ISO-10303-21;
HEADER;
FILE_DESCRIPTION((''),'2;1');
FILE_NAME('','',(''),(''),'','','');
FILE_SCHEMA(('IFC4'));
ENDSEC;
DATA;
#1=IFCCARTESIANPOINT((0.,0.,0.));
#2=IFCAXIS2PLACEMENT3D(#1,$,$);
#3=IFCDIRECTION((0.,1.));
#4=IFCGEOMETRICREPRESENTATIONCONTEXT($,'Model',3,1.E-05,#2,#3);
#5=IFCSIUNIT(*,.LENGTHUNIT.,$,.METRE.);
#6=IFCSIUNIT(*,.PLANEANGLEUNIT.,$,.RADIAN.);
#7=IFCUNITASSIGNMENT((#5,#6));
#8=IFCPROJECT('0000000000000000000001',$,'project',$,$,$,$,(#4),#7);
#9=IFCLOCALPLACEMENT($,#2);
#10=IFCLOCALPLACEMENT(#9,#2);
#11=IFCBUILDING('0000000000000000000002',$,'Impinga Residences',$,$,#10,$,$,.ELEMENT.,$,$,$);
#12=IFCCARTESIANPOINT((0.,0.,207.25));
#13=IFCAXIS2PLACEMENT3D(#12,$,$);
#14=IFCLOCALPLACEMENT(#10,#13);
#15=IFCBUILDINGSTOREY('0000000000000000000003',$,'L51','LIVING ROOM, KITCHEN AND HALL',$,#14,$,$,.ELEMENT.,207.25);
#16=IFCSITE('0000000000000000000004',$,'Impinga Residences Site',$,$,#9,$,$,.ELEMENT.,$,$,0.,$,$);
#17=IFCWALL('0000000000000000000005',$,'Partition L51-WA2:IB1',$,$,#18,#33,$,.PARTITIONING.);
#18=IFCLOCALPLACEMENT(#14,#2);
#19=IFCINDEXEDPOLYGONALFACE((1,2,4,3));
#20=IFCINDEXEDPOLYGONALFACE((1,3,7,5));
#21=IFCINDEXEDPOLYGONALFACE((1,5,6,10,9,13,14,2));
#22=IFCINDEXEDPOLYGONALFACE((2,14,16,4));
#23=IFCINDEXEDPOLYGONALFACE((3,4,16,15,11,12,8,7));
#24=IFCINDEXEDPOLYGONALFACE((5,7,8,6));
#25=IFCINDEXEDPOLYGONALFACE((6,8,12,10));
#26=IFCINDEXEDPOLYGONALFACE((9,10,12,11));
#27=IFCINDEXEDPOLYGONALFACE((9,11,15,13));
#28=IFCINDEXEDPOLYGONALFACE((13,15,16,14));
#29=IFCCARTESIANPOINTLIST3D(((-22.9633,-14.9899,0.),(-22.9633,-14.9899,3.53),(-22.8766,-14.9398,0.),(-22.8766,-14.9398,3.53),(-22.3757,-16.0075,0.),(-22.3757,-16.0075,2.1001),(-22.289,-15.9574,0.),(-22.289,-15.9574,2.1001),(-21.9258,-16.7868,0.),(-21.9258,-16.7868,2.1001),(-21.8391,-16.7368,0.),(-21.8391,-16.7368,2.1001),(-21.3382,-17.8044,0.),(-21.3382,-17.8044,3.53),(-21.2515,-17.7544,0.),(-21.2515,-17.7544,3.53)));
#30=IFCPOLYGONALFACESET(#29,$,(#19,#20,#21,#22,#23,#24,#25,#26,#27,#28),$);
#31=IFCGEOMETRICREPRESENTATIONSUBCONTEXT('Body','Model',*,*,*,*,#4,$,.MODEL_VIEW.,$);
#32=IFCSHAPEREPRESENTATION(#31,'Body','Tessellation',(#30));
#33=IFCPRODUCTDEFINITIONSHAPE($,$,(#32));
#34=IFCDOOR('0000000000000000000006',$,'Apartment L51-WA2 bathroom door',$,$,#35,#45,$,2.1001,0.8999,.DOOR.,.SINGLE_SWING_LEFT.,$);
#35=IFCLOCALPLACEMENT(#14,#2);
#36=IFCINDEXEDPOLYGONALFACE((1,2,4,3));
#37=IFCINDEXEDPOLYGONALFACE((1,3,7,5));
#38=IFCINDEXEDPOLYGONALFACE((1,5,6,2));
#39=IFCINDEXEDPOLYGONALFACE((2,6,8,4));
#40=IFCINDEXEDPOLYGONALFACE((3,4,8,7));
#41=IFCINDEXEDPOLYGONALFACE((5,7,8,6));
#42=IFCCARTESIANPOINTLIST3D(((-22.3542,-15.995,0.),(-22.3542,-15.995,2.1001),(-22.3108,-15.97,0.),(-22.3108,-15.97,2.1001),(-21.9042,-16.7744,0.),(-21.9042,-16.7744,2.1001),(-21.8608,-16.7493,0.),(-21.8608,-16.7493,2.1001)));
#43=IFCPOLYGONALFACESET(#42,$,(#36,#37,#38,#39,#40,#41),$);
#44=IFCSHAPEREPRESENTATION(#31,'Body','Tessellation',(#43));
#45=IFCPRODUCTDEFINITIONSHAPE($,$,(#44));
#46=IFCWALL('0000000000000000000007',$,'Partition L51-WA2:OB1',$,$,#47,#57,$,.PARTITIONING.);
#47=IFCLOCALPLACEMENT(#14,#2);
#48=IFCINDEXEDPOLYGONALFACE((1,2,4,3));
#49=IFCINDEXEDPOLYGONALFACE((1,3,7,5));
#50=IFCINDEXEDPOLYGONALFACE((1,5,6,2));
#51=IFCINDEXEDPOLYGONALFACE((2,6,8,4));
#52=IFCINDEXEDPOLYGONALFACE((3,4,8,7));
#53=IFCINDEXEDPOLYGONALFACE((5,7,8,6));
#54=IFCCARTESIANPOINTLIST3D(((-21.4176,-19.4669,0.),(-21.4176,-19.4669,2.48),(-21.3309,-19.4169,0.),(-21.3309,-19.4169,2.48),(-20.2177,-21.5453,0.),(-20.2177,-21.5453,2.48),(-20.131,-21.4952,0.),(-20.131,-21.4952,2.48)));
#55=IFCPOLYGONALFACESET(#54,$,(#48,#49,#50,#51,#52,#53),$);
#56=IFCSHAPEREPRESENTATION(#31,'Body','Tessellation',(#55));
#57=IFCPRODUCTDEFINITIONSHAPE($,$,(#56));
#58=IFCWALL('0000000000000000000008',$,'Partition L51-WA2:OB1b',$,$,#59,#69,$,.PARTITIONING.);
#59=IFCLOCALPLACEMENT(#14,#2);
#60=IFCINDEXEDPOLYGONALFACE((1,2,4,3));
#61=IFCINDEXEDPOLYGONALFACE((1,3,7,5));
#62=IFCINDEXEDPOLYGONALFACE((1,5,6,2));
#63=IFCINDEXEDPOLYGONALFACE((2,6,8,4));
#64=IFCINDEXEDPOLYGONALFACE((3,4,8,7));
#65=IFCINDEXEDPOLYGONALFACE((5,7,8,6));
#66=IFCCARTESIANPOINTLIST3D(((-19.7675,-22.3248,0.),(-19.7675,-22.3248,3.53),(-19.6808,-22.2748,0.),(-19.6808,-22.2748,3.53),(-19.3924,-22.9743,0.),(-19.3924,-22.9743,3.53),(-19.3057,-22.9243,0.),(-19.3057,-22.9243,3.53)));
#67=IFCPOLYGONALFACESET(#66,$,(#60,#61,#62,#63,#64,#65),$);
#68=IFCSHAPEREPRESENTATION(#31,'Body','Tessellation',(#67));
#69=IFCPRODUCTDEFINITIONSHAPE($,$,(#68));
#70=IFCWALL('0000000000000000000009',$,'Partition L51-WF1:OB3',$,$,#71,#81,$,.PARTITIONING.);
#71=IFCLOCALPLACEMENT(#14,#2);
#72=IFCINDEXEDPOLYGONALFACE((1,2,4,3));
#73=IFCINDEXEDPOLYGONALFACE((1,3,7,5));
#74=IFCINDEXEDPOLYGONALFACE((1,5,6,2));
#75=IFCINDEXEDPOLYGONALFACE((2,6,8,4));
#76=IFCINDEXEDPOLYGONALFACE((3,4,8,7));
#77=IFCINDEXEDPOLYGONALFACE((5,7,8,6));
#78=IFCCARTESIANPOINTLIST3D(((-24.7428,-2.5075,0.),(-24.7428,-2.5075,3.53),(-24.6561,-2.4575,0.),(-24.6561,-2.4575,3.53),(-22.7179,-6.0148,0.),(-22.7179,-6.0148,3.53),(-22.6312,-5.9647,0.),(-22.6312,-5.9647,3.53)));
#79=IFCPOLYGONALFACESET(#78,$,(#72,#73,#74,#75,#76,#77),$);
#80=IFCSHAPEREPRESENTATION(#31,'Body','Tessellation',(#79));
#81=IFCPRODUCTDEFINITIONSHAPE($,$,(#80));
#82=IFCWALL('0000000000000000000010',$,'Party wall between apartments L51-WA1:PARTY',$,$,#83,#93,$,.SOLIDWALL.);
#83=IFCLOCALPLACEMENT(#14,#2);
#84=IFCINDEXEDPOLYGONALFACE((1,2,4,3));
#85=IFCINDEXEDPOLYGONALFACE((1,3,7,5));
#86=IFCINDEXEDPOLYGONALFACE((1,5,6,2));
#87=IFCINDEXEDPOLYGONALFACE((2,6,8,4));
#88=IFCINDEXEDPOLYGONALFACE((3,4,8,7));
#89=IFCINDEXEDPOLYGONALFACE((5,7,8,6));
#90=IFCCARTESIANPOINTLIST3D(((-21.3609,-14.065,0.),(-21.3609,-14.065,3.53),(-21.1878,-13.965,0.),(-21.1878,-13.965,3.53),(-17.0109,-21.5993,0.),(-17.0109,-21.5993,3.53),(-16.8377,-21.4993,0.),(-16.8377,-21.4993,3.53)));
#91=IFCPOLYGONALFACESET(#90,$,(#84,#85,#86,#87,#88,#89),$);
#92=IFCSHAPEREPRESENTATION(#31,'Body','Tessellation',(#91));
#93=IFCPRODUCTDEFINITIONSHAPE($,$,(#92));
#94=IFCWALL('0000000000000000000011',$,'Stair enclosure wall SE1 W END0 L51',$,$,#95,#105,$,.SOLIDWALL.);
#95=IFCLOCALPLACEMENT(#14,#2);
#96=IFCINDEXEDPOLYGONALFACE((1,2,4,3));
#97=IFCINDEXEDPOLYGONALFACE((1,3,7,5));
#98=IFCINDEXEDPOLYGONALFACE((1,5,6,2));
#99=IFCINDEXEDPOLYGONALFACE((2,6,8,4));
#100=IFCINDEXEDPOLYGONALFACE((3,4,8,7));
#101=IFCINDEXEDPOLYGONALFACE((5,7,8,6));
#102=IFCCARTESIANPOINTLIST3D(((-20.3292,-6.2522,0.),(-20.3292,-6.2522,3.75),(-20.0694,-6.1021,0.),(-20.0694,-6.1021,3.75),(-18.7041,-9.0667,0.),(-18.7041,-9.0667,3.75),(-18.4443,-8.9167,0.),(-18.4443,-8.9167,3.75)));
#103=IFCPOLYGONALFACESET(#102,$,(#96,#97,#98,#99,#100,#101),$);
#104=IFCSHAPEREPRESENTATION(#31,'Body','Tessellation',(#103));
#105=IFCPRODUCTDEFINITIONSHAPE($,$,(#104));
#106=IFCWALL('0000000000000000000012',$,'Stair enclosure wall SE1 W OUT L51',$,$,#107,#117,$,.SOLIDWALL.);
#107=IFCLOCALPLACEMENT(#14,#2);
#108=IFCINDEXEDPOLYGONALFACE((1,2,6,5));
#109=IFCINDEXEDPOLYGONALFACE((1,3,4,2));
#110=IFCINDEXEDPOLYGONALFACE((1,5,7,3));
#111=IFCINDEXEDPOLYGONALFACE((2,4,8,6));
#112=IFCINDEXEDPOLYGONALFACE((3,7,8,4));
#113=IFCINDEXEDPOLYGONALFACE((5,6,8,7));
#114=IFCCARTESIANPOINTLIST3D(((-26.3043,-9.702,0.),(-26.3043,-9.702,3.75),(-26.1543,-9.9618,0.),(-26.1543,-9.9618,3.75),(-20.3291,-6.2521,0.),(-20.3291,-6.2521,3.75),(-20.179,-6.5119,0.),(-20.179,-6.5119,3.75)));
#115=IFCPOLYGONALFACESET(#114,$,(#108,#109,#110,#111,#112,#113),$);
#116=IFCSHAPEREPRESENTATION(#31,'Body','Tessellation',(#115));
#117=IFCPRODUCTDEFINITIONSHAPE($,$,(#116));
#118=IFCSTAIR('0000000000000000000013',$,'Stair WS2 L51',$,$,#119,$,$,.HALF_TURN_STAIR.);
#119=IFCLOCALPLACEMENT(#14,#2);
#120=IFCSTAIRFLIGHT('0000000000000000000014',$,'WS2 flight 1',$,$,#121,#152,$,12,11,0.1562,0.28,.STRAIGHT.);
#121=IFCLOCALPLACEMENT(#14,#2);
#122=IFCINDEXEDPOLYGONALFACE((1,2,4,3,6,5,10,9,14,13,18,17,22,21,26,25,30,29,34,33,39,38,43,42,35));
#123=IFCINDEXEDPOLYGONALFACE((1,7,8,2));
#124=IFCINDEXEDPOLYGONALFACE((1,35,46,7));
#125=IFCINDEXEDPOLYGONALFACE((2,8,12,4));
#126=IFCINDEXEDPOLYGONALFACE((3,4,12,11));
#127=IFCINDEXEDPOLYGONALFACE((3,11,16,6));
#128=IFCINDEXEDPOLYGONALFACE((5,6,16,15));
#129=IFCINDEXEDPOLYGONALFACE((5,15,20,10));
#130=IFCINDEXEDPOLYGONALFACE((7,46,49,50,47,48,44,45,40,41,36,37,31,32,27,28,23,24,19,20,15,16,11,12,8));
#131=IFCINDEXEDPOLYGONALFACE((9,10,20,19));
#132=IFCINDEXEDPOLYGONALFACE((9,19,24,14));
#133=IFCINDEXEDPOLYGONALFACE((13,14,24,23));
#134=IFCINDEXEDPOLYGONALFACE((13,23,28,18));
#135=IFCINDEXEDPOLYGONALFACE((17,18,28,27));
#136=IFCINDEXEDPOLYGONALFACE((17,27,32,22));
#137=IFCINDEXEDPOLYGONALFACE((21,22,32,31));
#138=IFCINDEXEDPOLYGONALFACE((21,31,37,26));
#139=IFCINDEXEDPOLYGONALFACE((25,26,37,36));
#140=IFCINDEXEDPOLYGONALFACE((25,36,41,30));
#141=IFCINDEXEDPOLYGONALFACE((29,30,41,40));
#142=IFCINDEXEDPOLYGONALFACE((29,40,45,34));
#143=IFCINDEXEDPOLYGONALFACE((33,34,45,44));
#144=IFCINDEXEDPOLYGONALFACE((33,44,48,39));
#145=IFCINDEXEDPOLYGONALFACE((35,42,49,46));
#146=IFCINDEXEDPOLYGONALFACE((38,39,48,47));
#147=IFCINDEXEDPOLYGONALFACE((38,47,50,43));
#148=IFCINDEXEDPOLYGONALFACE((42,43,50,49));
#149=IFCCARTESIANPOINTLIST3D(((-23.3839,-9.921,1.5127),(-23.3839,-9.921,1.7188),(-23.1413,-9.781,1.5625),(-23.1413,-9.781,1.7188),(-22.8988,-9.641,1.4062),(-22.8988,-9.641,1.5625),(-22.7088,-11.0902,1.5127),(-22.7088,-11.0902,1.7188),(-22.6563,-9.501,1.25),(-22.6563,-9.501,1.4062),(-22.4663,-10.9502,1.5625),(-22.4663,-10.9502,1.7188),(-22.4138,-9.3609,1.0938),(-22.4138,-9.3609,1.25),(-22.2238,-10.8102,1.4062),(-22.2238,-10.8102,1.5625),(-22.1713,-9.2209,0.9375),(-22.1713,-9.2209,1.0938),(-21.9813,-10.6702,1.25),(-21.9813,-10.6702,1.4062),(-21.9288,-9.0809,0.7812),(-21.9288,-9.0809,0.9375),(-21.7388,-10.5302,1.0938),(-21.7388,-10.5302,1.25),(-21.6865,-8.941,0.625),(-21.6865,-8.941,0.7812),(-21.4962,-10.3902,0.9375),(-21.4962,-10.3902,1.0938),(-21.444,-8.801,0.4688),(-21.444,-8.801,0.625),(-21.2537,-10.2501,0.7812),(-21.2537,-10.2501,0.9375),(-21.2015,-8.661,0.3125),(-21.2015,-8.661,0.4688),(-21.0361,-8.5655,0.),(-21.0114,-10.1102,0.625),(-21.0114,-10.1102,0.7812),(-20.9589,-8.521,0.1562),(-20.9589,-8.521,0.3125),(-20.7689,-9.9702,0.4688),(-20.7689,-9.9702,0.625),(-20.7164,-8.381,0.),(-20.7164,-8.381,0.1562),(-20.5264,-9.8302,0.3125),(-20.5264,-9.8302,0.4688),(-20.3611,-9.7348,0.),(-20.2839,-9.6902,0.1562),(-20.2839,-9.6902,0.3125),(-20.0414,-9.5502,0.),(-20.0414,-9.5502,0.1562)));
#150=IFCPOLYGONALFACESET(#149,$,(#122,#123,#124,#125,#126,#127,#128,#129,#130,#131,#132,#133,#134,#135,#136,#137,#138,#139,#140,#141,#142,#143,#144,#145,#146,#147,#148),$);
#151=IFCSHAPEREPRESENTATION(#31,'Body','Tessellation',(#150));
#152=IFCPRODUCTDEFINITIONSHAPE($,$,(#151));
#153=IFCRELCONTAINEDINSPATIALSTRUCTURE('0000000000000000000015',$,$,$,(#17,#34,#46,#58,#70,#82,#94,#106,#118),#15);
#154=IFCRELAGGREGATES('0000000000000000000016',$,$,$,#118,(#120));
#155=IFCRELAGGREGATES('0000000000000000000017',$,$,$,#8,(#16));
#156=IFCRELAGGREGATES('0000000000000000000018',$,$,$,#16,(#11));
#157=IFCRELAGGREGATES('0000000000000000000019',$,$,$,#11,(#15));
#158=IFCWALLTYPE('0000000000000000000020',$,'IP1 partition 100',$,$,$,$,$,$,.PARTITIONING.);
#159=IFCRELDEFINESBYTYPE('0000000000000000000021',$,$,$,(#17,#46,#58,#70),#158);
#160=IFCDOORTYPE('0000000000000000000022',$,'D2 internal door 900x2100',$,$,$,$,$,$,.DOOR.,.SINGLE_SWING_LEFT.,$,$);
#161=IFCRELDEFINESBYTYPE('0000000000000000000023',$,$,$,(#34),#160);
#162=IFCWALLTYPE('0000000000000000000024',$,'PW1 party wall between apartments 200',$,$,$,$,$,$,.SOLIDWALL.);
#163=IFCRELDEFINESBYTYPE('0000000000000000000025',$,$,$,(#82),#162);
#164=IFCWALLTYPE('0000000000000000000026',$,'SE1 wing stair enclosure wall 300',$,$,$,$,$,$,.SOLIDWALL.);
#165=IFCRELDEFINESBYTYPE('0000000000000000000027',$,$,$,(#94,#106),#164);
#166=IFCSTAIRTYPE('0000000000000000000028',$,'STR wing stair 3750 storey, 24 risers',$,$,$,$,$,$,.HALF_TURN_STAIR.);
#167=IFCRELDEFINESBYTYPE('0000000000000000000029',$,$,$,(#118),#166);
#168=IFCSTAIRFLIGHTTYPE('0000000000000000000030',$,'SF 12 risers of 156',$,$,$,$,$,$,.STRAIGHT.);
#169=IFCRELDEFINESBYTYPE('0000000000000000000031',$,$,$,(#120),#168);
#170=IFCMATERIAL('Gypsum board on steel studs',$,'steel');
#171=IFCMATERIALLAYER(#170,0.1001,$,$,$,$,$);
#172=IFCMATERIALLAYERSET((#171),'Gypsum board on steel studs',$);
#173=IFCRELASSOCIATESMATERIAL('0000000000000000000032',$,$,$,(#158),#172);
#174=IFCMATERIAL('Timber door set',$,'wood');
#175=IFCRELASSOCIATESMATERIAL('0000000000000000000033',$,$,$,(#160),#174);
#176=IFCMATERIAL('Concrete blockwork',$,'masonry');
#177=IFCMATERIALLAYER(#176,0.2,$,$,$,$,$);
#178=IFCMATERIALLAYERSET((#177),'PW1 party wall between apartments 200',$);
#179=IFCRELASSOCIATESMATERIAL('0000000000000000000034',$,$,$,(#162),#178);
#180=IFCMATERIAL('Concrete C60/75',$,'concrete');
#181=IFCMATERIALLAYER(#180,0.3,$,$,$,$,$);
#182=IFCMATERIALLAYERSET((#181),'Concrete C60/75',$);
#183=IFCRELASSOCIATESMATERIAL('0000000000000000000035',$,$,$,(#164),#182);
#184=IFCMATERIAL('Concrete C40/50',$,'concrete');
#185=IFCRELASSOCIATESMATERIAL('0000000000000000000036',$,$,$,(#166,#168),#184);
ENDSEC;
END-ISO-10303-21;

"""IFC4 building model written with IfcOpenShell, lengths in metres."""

from ifc_helpers import new_model, si_unit, direction, frame, frame_2d, origin, place, context, subcontext, project, spatial, polyline, rectangle, outline, extrude, material, layer, layer_set, type_object, element, fill, aggregate, save


model = new_model("IFC4")

# Units and contexts
model_context = context("Model", 3, precision=1e-05, world=origin(), true_north=direction((0.0, 1.0)))
body_context = subcontext(model_context, "Body", "Model", "MODEL_VIEW")
ifc_project = project(units=[si_unit("LENGTHUNIT", "METRE"), si_unit("PLANEANGLEUNIT", "RADIAN")], contexts=[model_context])

# Site, building, storey
site_placement = place(None, origin())
site = spatial("IfcSite", under=ifc_project, at=site_placement, Name="Impinga Residences Site", CompositionType="ELEMENT", RefElevation=0.0)
building_placement = place(site_placement, origin())
building = spatial("IfcBuilding", under=site, at=building_placement, Name="Impinga Residences", CompositionType="ELEMENT")
storey_placement = place(building_placement, frame((0.0, 0.0, 207.25)))
storey = spatial("IfcBuildingStorey", under=building, at=storey_placement, Name="L51", Description="LIVING ROOM, KITCHEN AND HALL", CompositionType="ELEMENT", Elevation=207.25)

# Shared definitions
ifc_material_1 = material(Name="Concrete C60/75", Category="concrete")

# Shared definitions
ifc_material_2 = material(Name="Gypsum board on steel studs", Category="steel")
ifc_layer_1 = layer(ifc_material_2, 0.1001)
ifc_layer_set_1 = layer_set([ifc_layer_1], Name="Gypsum board on steel studs")
wall_type_1 = type_object("IfcWallType", Name="IP1 partition 100", PredefinedType="PARTITIONING", material=ifc_layer_set_1)

# Shared definitions
ifc_material_3 = material(Name="Timber door set", Category="wood")
door_type = type_object("IfcDoorType", Name="D2 internal door 900x2100", OperationType="SINGLE_SWING_LEFT", PredefinedType="DOOR", material=ifc_material_3)

# Wall, opening, door
wall_1_placement = place(storey_placement, frame((-22.9199, -14.9648, 0.0), z_axis=(0.0, 0.0, 1.0), x_axis=(0.500017, -0.866015, 0.0)))
wall_1 = element("IfcWall", 1, at=wall_1_placement, inside=storey, type_object=wall_type_1, Name="Partition L51-WA2:IB1", PredefinedType="PARTITIONING", context=body_context, shape_type="SweptSolid", body=[
    extrude(rectangle(XDim=3.25, YDim=0.1001, at=frame_2d((1.625, 0.0))), origin(), (0.0, 0.0, 1.0), 3.53),
])
opening_1_placement = place(wall_1_placement, frame((1.175, 0.0, 0.0)))
opening_1 = element("IfcOpeningElement", 2, at=opening_1_placement, cuts=wall_1, PredefinedType="OPENING", context=body_context, shape_type="SweptSolid", body=[
    extrude(rectangle(XDim=0.8999, YDim=2.1001, at=frame_2d((0.45, 1.05))), frame((0.0, 0.0601, 0.0), z_axis=(0.0, -1.0, 0.0), x_axis=(1.0, 0.0, 0.0)), (0.0, 0.0, 1.0), 0.1201),
])
door_1_placement = place(opening_1_placement, origin())
door_1 = element("IfcDoor", 3, at=door_1_placement, inside=storey, type_object=door_type, Name="Apartment L51-WA2 bathroom door", OperationType="SINGLE_SWING_LEFT", OverallHeight=2.1001, OverallWidth=0.8999, PredefinedType="DOOR", context=body_context, shape_type="SweptSolid", body=[
    extrude(rectangle(XDim=0.8999, YDim=2.1001, at=frame_2d((0.45, 1.05))), frame((0.0, 0.0249, 0.0), z_axis=(0.0, -1.0, 0.0), x_axis=(1.0, 0.0, 0.0)), (0.0, 0.0, 1.0), 0.05),
])
fill(opening_1, door_1)

# Walls
wall_2_placement = place(storey_placement, frame((-21.3743, -19.4419, 0.0), z_axis=(0.0, 0.0, 1.0), x_axis=(0.500001, -0.866025, 0.0)))
element("IfcWall", 4, at=wall_2_placement, inside=storey, type_object=wall_type_1, Name="Partition L51-WA2:OB1", PredefinedType="PARTITIONING", context=body_context, shape_type="SweptSolid", body=[
    extrude(rectangle(XDim=2.3999, YDim=0.1001, at=frame_2d((1.2, 0.0))), origin(), (0.0, 0.0, 1.0), 2.48),
])
wall_3_placement = place(storey_placement, frame((-19.7241, -22.2998, 0.0), z_axis=(0.0, 0.0, 1.0), x_axis=(0.500061, -0.86599, 0.0)))
element("IfcWall", 5, at=wall_3_placement, inside=storey, type_object=wall_type_1, Name="Partition L51-WA2:OB1b", PredefinedType="PARTITIONING", context=body_context, shape_type="SweptSolid", body=[
    extrude(rectangle(XDim=0.75, YDim=0.1001, at=frame_2d((0.375, 0.0))), origin(), (0.0, 0.0, 1.0), 3.53),
])
wall_4_placement = place(storey_placement, frame((-22.6746, -5.9897, 0.0), z_axis=(0.0, 0.0, 1.0), x_axis=(-0.49999, 0.866031, 0.0)))
element("IfcWall", 6, at=wall_4_placement, inside=storey, type_object=wall_type_1, Name="Partition L51-WF1:OB3", PredefinedType="PARTITIONING", context=body_context, shape_type="SweptSolid", body=[
    extrude(rectangle(XDim=4.0498, YDim=0.1001, at=frame_2d((2.0249, 0.0))), origin(), (0.0, 0.0, 1.0), 3.53),
])
ifc_material_4 = material(Name="Concrete blockwork", Category="masonry")
ifc_layer_2 = layer(ifc_material_4, 0.2)
ifc_layer_set_2 = layer_set([ifc_layer_2], Name="PW1 party wall between apartments 200")
wall_type_2 = type_object("IfcWallType", Name="PW1 party wall between apartments 200", PredefinedType="SOLIDWALL", material=ifc_layer_set_2)
wall_5_placement = place(storey_placement, frame((-21.2744, -14.0149, 0.0), z_axis=(0.0, 0.0, 1.0), x_axis=(0.500008, -0.866021, 0.0)))
element("IfcWall", 7, at=wall_5_placement, inside=storey, type_object=wall_type_2, Name="Party wall between apartments L51-WA1:PARTY", PredefinedType="SOLIDWALL", context=body_context, shape_type="SweptSolid", body=[
    extrude(rectangle(XDim=8.7, YDim=0.2, at=frame_2d((4.3501, 0.0))), origin(), (0.0, 0.0, 1.0), 3.53),
])
ifc_layer_3 = layer(ifc_material_1, 0.3)
ifc_layer_set_3 = layer_set([ifc_layer_3], Name="Concrete C60/75")
wall_type_3 = type_object("IfcWallType", Name="SE1 wing stair enclosure wall 300", PredefinedType="SOLIDWALL", material=ifc_layer_set_3)
wall_6_placement = place(storey_placement, frame((-18.5742, -8.9917, 0.0), z_axis=(0.0, 0.0, 1.0), x_axis=(-0.500017, 0.866015, 0.0)))
element("IfcWall", 8, at=wall_6_placement, inside=storey, type_object=wall_type_3, Name="Stair enclosure wall SE1 W END0 L51", PredefinedType="SOLIDWALL", context=body_context, shape_type="SweptSolid", body=[
    extrude(rectangle(XDim=3.25, YDim=0.3, at=frame_2d((1.625, 0.0))), origin(), (0.0, 0.0, 1.0), 3.75),
])
wall_7_placement = place(storey_placement, frame((-20.2542, -6.3821, 0.0), z_axis=(0.0, 0.0, 1.0), x_axis=(-0.86602, -0.500009, 0.0)))
element("IfcWall", 9, at=wall_7_placement, inside=storey, type_object=wall_type_3, Name="Stair enclosure wall SE1 W OUT L51", PredefinedType="SOLIDWALL", context=body_context, shape_type="SweptSolid", body=[
    extrude(rectangle(XDim=6.8997, YDim=0.3, at=frame_2d((3.4497, 0.0))), origin(), (0.0, 0.0, 1.0), 3.75),
])

# Stair, stair flight
ifc_material_5 = material(Name="Concrete C40/50", Category="concrete")
stair_type = type_object("IfcStairType", Name="STR wing stair 3750 storey, 24 risers", PredefinedType="HALF_TURN_STAIR", material=ifc_material_5)
stair_placement = place(storey_placement, origin())
stair = element("IfcStair", 10, at=stair_placement, inside=storey, type_object=stair_type, Name="Stair WS2 L51", PredefinedType="HALF_TURN_STAIR")
stair_flight_type = type_object("IfcStairFlightType", Name="SF 12 risers of 156", PredefinedType="STRAIGHT", material=ifc_material_5)
stair_flight_placement = place(storey_placement, frame((-20.3789, -8.9656, 0.0), z_axis=(0.0, 0.0, 1.0), x_axis=(-0.866025, -0.5, 0.0)))
stair_flight = element("IfcStairFlight", 11, at=stair_flight_placement, type_object=stair_flight_type, Name="WS2 flight 1", NumberOfRisers=12, NumberOfTreads=11, PredefinedType="STRAIGHT", RiserHeight=0.1562, TreadLength=0.28, context=body_context, shape_type="SweptSolid", body=[
    extrude(outline(polyline([(0.0, 0.0), (0.0, 0.1562), (0.28, 0.1562), (0.28, 0.3125), (0.5601, 0.3125), (0.5601, 0.4688), (0.8401, 0.4688), (0.8401, 0.625), (1.1201, 0.625), (1.1201, 0.7812), (1.3999, 0.7812), (1.3999, 0.9375), (1.6799, 0.9375), (1.6799, 1.0938), (1.96, 1.0938), (1.96, 1.25), (2.24, 1.25), (2.24, 1.4062), (2.52, 1.4062), (2.52, 1.5625), (2.8, 1.5625), (2.8, 1.7188), (3.0801, 1.7188), (3.0801, 1.875), (3.0801, 1.5127), (0.3691, 0.0), (0.0, 0.0)])), frame((0.0, 0.675, 0.0), z_axis=(0.0, -1.0, 0.0), x_axis=(1.0, 0.0, 0.0)), (0.0, 0.0, 1.0), 1.3501),
])
aggregate(stair, [stair_flight])

save(model, "model.ifc")
